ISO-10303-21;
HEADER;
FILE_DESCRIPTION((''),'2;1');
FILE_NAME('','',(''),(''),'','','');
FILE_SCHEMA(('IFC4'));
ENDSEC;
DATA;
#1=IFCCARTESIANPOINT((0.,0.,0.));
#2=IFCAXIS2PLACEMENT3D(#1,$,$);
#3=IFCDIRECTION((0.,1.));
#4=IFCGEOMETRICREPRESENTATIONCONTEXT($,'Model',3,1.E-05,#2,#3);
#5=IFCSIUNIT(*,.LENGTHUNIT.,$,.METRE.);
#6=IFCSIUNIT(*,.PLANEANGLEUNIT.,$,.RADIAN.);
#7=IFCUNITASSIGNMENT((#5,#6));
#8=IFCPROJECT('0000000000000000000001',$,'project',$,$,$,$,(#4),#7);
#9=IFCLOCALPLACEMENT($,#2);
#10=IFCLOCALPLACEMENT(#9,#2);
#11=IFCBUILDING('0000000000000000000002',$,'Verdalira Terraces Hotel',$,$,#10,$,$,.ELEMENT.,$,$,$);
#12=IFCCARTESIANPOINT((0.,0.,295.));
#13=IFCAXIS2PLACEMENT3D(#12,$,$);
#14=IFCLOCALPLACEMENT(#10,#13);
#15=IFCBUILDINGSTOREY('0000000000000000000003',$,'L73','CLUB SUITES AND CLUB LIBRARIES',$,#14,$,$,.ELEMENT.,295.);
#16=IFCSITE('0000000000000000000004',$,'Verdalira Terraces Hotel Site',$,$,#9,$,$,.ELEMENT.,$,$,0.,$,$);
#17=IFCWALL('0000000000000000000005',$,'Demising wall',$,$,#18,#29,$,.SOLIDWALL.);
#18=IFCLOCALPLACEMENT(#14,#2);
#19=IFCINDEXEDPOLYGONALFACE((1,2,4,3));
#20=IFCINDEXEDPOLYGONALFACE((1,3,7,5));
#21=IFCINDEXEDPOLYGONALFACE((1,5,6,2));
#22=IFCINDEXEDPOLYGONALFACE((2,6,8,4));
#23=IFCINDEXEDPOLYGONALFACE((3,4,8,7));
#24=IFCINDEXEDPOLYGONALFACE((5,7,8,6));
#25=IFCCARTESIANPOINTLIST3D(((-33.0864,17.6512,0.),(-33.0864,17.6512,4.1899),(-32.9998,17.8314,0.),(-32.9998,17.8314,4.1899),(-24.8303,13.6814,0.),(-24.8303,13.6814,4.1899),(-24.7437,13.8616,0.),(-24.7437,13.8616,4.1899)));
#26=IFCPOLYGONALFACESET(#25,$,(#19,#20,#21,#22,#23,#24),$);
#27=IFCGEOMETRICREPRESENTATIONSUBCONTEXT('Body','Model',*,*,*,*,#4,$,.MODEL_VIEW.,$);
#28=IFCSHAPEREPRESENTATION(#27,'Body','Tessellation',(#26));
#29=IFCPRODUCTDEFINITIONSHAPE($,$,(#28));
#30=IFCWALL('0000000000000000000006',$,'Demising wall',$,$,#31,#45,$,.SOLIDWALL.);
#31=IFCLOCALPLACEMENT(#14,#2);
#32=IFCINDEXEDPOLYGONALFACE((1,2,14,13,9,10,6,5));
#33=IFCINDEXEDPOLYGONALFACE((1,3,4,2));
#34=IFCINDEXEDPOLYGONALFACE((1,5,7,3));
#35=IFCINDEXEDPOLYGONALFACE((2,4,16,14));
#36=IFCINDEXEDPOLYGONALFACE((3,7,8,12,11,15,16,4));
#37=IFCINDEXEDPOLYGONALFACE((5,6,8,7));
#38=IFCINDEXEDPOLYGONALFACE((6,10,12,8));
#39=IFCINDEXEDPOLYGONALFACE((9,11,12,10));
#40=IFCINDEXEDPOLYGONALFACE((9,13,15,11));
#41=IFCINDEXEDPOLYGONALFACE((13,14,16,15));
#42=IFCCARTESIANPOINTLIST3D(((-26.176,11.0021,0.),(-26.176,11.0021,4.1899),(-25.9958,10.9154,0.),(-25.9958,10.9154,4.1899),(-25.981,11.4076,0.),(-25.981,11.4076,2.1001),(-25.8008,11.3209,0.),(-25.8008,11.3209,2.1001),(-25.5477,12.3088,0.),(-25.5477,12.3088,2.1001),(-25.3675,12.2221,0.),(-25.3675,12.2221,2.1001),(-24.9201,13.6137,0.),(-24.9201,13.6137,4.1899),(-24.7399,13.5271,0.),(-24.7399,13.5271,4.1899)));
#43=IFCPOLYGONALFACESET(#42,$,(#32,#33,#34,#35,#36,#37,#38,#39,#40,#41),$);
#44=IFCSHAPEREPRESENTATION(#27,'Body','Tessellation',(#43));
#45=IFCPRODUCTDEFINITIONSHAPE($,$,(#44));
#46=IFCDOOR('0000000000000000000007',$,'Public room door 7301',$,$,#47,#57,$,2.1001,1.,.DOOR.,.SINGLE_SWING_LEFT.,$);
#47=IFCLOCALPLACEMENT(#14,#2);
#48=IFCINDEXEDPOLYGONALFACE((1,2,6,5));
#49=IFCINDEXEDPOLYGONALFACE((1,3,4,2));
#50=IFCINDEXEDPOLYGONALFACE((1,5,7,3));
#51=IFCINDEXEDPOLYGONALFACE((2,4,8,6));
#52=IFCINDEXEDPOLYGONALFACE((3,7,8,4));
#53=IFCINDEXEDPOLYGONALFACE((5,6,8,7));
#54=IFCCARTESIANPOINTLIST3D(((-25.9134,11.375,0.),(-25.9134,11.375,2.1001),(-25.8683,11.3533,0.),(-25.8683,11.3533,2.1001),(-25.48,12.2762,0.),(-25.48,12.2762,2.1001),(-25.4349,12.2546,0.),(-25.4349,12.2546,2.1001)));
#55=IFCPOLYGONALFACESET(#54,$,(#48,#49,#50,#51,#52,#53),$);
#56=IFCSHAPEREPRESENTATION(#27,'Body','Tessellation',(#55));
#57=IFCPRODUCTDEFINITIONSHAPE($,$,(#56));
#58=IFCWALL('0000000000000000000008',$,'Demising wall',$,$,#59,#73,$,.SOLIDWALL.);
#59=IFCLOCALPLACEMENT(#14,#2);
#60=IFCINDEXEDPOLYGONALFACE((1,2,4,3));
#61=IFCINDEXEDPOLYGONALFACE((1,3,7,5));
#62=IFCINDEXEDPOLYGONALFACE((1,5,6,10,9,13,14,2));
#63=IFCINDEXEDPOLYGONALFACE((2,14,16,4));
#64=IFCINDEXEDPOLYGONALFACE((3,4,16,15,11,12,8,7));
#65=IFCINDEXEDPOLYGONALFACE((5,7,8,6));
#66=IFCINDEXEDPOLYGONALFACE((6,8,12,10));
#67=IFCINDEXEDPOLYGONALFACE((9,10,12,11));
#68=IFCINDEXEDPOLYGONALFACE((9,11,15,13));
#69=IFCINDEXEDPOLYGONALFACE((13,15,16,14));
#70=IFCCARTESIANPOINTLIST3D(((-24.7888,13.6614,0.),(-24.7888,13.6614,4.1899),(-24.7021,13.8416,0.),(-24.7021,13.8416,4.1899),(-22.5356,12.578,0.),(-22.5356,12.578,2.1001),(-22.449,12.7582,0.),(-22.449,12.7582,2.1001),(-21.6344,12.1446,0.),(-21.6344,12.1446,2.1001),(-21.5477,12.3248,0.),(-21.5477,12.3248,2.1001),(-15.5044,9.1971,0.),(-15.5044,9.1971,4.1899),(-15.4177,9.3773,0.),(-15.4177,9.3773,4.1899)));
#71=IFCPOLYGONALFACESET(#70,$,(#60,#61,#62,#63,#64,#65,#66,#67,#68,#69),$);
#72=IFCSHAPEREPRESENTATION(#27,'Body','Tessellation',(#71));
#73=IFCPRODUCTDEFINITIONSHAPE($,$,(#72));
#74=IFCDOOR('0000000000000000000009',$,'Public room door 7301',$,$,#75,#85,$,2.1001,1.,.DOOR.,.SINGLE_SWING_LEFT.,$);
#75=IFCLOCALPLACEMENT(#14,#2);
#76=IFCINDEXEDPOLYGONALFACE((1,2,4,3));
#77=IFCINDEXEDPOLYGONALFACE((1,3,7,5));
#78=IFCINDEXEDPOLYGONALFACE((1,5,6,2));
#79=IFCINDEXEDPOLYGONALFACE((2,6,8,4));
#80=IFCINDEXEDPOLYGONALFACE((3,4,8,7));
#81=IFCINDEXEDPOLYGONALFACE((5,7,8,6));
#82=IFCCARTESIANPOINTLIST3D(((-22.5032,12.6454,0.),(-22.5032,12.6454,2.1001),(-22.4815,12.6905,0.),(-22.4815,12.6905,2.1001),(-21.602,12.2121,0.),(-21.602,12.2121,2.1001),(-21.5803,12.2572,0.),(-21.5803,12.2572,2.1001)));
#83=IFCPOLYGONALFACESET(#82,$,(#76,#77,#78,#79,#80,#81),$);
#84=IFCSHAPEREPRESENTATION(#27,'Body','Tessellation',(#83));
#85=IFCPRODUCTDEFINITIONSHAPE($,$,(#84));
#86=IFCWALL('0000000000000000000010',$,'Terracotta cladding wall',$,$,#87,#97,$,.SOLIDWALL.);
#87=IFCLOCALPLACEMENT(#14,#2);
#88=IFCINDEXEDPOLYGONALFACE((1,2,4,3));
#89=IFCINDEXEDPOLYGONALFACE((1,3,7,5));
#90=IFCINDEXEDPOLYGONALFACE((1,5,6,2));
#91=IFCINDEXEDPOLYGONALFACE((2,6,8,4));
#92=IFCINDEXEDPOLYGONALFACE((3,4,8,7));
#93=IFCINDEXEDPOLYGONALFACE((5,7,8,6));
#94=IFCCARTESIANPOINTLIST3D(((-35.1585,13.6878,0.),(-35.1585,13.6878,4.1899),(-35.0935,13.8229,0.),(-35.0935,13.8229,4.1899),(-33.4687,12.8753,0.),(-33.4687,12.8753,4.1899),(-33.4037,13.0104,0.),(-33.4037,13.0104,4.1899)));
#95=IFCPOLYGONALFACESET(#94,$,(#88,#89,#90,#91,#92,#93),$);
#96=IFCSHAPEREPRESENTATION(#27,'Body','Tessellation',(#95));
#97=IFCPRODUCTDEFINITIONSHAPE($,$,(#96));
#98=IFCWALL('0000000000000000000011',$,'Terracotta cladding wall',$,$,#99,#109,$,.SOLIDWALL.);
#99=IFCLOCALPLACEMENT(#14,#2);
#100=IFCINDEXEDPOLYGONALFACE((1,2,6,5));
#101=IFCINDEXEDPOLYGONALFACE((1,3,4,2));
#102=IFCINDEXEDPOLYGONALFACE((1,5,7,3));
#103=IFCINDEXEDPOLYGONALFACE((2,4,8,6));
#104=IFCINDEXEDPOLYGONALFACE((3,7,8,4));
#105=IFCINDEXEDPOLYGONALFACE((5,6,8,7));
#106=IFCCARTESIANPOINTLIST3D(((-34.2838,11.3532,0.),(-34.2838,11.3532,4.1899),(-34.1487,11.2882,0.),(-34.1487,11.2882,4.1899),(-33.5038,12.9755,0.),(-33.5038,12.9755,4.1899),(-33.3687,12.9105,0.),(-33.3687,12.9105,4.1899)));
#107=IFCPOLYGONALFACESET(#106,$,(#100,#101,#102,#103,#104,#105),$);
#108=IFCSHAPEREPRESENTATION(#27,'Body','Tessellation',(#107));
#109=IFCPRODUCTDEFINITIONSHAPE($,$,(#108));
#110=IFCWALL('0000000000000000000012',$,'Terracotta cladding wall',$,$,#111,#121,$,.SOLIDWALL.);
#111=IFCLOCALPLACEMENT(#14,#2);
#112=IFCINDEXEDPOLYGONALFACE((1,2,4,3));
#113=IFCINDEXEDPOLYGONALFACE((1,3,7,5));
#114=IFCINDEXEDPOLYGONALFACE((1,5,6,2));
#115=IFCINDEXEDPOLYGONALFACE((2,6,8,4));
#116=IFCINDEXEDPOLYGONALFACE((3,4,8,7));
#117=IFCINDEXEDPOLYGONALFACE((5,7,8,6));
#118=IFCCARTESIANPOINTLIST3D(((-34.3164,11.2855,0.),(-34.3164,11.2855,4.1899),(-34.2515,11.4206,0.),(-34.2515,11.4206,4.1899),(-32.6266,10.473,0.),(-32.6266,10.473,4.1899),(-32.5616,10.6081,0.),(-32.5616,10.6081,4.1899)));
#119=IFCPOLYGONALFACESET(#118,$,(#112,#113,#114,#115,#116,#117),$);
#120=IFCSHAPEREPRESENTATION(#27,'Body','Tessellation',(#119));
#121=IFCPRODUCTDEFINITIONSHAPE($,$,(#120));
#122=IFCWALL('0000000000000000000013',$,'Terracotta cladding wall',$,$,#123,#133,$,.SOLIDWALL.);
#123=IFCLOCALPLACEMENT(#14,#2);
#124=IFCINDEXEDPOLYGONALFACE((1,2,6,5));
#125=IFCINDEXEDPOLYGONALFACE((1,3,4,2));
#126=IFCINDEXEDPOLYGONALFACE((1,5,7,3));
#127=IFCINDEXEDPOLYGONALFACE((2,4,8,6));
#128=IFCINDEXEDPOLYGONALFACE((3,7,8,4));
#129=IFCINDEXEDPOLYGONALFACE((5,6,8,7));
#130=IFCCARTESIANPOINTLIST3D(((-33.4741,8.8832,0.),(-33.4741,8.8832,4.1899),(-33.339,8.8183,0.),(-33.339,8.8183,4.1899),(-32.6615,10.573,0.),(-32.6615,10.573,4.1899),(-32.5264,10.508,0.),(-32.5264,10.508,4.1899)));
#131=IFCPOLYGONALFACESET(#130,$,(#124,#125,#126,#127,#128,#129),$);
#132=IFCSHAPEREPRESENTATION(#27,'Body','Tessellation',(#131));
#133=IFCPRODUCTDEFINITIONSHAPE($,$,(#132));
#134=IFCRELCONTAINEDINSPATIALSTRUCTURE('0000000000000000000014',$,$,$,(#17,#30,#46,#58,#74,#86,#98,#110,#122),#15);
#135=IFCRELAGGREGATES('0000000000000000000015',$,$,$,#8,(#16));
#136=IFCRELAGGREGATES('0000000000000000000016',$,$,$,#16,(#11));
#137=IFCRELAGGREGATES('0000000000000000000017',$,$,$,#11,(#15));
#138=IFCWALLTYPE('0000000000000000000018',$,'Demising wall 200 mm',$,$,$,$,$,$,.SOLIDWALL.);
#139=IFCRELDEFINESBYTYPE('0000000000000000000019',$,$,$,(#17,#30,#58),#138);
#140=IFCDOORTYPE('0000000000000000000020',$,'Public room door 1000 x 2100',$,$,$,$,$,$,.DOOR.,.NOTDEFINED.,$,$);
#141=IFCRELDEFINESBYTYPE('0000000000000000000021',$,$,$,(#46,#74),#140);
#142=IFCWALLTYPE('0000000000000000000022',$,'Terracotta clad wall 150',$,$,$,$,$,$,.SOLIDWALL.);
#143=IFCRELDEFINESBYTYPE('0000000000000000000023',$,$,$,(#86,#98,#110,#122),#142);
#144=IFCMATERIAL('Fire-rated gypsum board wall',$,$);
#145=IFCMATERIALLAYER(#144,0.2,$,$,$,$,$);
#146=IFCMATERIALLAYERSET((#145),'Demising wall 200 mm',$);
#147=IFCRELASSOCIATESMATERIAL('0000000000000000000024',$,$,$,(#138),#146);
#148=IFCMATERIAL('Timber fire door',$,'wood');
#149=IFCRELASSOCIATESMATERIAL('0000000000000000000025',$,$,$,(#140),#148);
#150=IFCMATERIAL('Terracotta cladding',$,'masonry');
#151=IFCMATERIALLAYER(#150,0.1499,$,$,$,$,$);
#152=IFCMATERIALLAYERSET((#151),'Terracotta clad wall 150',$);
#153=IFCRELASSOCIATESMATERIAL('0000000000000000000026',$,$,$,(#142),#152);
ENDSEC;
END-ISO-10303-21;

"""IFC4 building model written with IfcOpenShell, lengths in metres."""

from ifc_helpers import new_model, si_unit, direction, frame, frame_2d, origin, place, context, subcontext, project, spatial, rectangle, extrude, material, layer, layer_set, type_object, element, fill, save


model = new_model("IFC4")

# Units and contexts
model_context = context("Model", 3, precision=1e-05, world=origin(), true_north=direction((0.0, 1.0)))
body_context = subcontext(model_context, "Body", "Model", "MODEL_VIEW")
ifc_project = project(units=[si_unit("LENGTHUNIT", "METRE"), si_unit("PLANEANGLEUNIT", "RADIAN")], contexts=[model_context])

# Site, building, storey
site_placement = place(None, origin())
site = spatial("IfcSite", under=ifc_project, at=site_placement, Name="Verdalira Terraces Hotel Site", CompositionType="ELEMENT", RefElevation=0.0)
building_placement = place(site_placement, origin())
building = spatial("IfcBuilding", under=site, at=building_placement, Name="Verdalira Terraces Hotel", CompositionType="ELEMENT")
storey_placement = place(building_placement, frame((0.0, 0.0, 295.0)))
storey = spatial("IfcBuildingStorey", under=building, at=storey_placement, Name="L73", Description="CLUB SUITES AND CLUB LIBRARIES", CompositionType="ELEMENT", Elevation=295.0)

# Wall
ifc_material_1 = material(Name="Fire-rated gypsum board wall")
ifc_layer_1 = layer(ifc_material_1, 0.2)
ifc_layer_set_1 = layer_set([ifc_layer_1], Name="Demising wall 200 mm")
wall_type_1 = type_object("IfcWallType", Name="Demising wall 200 mm", PredefinedType="SOLIDWALL", material=ifc_layer_set_1)
wall_1_placement = place(storey_placement, frame((-24.7869, 13.7715, 0.0), z_axis=(0.0, 0.0, 1.0), x_axis=(-0.901233, 0.433334, 0.0)))
element("IfcWall", 1, at=wall_1_placement, inside=storey, type_object=wall_type_1, Name="Demising wall", PredefinedType="SOLIDWALL", context=body_context, shape_type="SweptSolid", body=[
    extrude(rectangle(XDim=9.1609, YDim=0.2, at=frame_2d((4.5806, 0.0))), origin(), (0.0, 0.0, 1.0), 4.1899),
])

# Walls, openings, doors
wall_2_placement = place(storey_placement, frame((-26.0859, 10.9587, 0.0), z_axis=(0.0, 0.0, 1.0), x_axis=(0.433377, 0.901213, 0.0)))
wall_2 = element("IfcWall", 2, at=wall_2_placement, inside=storey, type_object=wall_type_1, Name="Demising wall", PredefinedType="SOLIDWALL", context=body_context, shape_type="SweptSolid", body=[
    extrude(rectangle(XDim=2.8979, YDim=0.2, at=frame_2d((1.449, 0.0))), origin(), (0.0, 0.0, 1.0), 4.1899),
])
opening_1_placement = place(wall_2_placement, frame((0.45, 0.0, 0.0)))
opening_1 = element("IfcOpeningElement", 3, at=opening_1_placement, cuts=wall_2, PredefinedType="OPENING", context=body_context, shape_type="SweptSolid", body=[
    extrude(rectangle(XDim=1.0, YDim=2.1001, at=frame_2d((0.5, 1.05))), frame((0.0, 0.1099, 0.0), z_axis=(0.0, -1.0, 0.0), x_axis=(1.0, 0.0, 0.0)), (0.0, 0.0, 1.0), 0.22),
])
ifc_material_2 = material(Name="Timber fire door", Category="wood")
door_type = type_object("IfcDoorType", Name="Public room door 1000 x 2100", OperationType="NOTDEFINED", PredefinedType="DOOR", material=ifc_material_2)
door_1_placement = place(opening_1_placement, origin())
door_1 = element("IfcDoor", 4, at=door_1_placement, inside=storey, type_object=door_type, Name="Public room door 7301", OperationType="SINGLE_SWING_LEFT", OverallHeight=2.1001, OverallWidth=1.0, PredefinedType="DOOR", context=body_context, shape_type="SweptSolid", body=[
    extrude(rectangle(XDim=1.0, YDim=2.1001, at=frame_2d((0.5, 1.05))), frame((0.0, 0.0249, 0.0), z_axis=(0.0, -1.0, 0.0), x_axis=(1.0, 0.0, 0.0)), (0.0, 0.0, 1.0), 0.05),
])
fill(opening_1, door_1)
wall_3_placement = place(storey_placement, frame((-24.7454, 13.7515, 0.0), z_axis=(0.0, 0.0, 1.0), x_axis=(0.901226, -0.433349, 0.0)))
wall_3 = element("IfcWall", 5, at=wall_3_placement, inside=storey, type_object=wall_type_1, Name="Demising wall", PredefinedType="SOLIDWALL", context=body_context, shape_type="SweptSolid", body=[
    extrude(rectangle(XDim=10.302, YDim=0.2, at=frame_2d((5.1509, 0.0))), origin(), (0.0, 0.0, 1.0), 4.1899),
])
opening_2_placement = place(wall_3_placement, frame((2.5, 0.0, 0.0)))
opening_2 = element("IfcOpeningElement", 6, at=opening_2_placement, cuts=wall_3, PredefinedType="OPENING", context=body_context, shape_type="SweptSolid", body=[
    extrude(rectangle(XDim=1.0, YDim=2.1001, at=frame_2d((0.5, 1.05))), frame((0.0, 0.1099, 0.0), z_axis=(0.0, -1.0, 0.0), x_axis=(1.0, 0.0, 0.0)), (0.0, 0.0, 1.0), 0.22),
])
door_2_placement = place(opening_2_placement, origin())
door_2 = element("IfcDoor", 7, at=door_2_placement, inside=storey, type_object=door_type, Name="Public room door 7301", OperationType="SINGLE_SWING_LEFT", OverallHeight=2.1001, OverallWidth=1.0, PredefinedType="DOOR", context=body_context, shape_type="SweptSolid", body=[
    extrude(rectangle(XDim=1.0, YDim=2.1001, at=frame_2d((0.5, 1.05))), frame((0.0, 0.0249, 0.0), z_axis=(0.0, -1.0, 0.0), x_axis=(1.0, 0.0, 0.0)), (0.0, 0.0, 1.0), 0.05),
])
fill(opening_2, door_2)

# Walls
ifc_material_3 = material(Name="Terracotta cladding", Category="masonry")
ifc_layer_2 = layer(ifc_material_3, 0.1499)
ifc_layer_set_2 = layer_set([ifc_layer_2], Name="Terracotta clad wall 150")
wall_type_2 = type_object("IfcWallType", Name="Terracotta clad wall 150", PredefinedType="SOLIDWALL", material=ifc_layer_set_2)
wall_4_placement = place(storey_placement, frame((-35.126, 13.7554, 0.0), z_axis=(0.0, 0.0, 1.0), x_axis=(0.901222, -0.433357, 0.0)))
element("IfcWall", 8, at=wall_4_placement, inside=storey, type_object=wall_type_2, Name="Terracotta cladding wall", PredefinedType="SOLIDWALL", context=body_context, shape_type="SweptSolid", body=[
    extrude(rectangle(XDim=1.875, YDim=0.1499, at=frame_2d((0.9375, 0.0))), origin(), (0.0, 0.0, 1.0), 4.1899),
])
wall_5_placement = place(storey_placement, frame((-33.4363, 12.9429, 0.0), z_axis=(0.0, 0.0, 1.0), x_axis=(-0.433326, -0.901237, 0.0)))
element("IfcWall", 9, at=wall_5_placement, inside=storey, type_object=wall_type_2, Name="Terracotta cladding wall", PredefinedType="SOLIDWALL", context=body_context, shape_type="SweptSolid", body=[
    extrude(rectangle(XDim=1.8, YDim=0.1499, at=frame_2d((0.8999, 0.0))), origin(), (0.0, 0.0, 1.0), 4.1899),
])
for number, where, z_axis, x_axis, name in (
    (10, (-34.2839, 11.353, 0.0), (0.0, 0.0, 1.0), (0.901247, -0.433307, 0.0), "Terracotta cladding wall"),
    (11, (-32.594, 10.5405, 0.0), (0.0, 0.0, 1.0), (-0.433357, -0.901222, 0.0), "Terracotta cladding wall"),
):
    element("IfcWall", number, at=place(storey_placement, frame(where, z_axis=z_axis, x_axis=x_axis)), inside=storey, type_object=wall_type_2, Name=name, PredefinedType="SOLIDWALL", context=body_context, shape_type="SweptSolid", body=[
        extrude(rectangle(XDim=1.875, YDim=0.1499, at=frame_2d((0.9375, 0.0))), origin(), (0.0, 0.0, 1.0), 4.1899),
    ])

save(model, "model.ifc")
